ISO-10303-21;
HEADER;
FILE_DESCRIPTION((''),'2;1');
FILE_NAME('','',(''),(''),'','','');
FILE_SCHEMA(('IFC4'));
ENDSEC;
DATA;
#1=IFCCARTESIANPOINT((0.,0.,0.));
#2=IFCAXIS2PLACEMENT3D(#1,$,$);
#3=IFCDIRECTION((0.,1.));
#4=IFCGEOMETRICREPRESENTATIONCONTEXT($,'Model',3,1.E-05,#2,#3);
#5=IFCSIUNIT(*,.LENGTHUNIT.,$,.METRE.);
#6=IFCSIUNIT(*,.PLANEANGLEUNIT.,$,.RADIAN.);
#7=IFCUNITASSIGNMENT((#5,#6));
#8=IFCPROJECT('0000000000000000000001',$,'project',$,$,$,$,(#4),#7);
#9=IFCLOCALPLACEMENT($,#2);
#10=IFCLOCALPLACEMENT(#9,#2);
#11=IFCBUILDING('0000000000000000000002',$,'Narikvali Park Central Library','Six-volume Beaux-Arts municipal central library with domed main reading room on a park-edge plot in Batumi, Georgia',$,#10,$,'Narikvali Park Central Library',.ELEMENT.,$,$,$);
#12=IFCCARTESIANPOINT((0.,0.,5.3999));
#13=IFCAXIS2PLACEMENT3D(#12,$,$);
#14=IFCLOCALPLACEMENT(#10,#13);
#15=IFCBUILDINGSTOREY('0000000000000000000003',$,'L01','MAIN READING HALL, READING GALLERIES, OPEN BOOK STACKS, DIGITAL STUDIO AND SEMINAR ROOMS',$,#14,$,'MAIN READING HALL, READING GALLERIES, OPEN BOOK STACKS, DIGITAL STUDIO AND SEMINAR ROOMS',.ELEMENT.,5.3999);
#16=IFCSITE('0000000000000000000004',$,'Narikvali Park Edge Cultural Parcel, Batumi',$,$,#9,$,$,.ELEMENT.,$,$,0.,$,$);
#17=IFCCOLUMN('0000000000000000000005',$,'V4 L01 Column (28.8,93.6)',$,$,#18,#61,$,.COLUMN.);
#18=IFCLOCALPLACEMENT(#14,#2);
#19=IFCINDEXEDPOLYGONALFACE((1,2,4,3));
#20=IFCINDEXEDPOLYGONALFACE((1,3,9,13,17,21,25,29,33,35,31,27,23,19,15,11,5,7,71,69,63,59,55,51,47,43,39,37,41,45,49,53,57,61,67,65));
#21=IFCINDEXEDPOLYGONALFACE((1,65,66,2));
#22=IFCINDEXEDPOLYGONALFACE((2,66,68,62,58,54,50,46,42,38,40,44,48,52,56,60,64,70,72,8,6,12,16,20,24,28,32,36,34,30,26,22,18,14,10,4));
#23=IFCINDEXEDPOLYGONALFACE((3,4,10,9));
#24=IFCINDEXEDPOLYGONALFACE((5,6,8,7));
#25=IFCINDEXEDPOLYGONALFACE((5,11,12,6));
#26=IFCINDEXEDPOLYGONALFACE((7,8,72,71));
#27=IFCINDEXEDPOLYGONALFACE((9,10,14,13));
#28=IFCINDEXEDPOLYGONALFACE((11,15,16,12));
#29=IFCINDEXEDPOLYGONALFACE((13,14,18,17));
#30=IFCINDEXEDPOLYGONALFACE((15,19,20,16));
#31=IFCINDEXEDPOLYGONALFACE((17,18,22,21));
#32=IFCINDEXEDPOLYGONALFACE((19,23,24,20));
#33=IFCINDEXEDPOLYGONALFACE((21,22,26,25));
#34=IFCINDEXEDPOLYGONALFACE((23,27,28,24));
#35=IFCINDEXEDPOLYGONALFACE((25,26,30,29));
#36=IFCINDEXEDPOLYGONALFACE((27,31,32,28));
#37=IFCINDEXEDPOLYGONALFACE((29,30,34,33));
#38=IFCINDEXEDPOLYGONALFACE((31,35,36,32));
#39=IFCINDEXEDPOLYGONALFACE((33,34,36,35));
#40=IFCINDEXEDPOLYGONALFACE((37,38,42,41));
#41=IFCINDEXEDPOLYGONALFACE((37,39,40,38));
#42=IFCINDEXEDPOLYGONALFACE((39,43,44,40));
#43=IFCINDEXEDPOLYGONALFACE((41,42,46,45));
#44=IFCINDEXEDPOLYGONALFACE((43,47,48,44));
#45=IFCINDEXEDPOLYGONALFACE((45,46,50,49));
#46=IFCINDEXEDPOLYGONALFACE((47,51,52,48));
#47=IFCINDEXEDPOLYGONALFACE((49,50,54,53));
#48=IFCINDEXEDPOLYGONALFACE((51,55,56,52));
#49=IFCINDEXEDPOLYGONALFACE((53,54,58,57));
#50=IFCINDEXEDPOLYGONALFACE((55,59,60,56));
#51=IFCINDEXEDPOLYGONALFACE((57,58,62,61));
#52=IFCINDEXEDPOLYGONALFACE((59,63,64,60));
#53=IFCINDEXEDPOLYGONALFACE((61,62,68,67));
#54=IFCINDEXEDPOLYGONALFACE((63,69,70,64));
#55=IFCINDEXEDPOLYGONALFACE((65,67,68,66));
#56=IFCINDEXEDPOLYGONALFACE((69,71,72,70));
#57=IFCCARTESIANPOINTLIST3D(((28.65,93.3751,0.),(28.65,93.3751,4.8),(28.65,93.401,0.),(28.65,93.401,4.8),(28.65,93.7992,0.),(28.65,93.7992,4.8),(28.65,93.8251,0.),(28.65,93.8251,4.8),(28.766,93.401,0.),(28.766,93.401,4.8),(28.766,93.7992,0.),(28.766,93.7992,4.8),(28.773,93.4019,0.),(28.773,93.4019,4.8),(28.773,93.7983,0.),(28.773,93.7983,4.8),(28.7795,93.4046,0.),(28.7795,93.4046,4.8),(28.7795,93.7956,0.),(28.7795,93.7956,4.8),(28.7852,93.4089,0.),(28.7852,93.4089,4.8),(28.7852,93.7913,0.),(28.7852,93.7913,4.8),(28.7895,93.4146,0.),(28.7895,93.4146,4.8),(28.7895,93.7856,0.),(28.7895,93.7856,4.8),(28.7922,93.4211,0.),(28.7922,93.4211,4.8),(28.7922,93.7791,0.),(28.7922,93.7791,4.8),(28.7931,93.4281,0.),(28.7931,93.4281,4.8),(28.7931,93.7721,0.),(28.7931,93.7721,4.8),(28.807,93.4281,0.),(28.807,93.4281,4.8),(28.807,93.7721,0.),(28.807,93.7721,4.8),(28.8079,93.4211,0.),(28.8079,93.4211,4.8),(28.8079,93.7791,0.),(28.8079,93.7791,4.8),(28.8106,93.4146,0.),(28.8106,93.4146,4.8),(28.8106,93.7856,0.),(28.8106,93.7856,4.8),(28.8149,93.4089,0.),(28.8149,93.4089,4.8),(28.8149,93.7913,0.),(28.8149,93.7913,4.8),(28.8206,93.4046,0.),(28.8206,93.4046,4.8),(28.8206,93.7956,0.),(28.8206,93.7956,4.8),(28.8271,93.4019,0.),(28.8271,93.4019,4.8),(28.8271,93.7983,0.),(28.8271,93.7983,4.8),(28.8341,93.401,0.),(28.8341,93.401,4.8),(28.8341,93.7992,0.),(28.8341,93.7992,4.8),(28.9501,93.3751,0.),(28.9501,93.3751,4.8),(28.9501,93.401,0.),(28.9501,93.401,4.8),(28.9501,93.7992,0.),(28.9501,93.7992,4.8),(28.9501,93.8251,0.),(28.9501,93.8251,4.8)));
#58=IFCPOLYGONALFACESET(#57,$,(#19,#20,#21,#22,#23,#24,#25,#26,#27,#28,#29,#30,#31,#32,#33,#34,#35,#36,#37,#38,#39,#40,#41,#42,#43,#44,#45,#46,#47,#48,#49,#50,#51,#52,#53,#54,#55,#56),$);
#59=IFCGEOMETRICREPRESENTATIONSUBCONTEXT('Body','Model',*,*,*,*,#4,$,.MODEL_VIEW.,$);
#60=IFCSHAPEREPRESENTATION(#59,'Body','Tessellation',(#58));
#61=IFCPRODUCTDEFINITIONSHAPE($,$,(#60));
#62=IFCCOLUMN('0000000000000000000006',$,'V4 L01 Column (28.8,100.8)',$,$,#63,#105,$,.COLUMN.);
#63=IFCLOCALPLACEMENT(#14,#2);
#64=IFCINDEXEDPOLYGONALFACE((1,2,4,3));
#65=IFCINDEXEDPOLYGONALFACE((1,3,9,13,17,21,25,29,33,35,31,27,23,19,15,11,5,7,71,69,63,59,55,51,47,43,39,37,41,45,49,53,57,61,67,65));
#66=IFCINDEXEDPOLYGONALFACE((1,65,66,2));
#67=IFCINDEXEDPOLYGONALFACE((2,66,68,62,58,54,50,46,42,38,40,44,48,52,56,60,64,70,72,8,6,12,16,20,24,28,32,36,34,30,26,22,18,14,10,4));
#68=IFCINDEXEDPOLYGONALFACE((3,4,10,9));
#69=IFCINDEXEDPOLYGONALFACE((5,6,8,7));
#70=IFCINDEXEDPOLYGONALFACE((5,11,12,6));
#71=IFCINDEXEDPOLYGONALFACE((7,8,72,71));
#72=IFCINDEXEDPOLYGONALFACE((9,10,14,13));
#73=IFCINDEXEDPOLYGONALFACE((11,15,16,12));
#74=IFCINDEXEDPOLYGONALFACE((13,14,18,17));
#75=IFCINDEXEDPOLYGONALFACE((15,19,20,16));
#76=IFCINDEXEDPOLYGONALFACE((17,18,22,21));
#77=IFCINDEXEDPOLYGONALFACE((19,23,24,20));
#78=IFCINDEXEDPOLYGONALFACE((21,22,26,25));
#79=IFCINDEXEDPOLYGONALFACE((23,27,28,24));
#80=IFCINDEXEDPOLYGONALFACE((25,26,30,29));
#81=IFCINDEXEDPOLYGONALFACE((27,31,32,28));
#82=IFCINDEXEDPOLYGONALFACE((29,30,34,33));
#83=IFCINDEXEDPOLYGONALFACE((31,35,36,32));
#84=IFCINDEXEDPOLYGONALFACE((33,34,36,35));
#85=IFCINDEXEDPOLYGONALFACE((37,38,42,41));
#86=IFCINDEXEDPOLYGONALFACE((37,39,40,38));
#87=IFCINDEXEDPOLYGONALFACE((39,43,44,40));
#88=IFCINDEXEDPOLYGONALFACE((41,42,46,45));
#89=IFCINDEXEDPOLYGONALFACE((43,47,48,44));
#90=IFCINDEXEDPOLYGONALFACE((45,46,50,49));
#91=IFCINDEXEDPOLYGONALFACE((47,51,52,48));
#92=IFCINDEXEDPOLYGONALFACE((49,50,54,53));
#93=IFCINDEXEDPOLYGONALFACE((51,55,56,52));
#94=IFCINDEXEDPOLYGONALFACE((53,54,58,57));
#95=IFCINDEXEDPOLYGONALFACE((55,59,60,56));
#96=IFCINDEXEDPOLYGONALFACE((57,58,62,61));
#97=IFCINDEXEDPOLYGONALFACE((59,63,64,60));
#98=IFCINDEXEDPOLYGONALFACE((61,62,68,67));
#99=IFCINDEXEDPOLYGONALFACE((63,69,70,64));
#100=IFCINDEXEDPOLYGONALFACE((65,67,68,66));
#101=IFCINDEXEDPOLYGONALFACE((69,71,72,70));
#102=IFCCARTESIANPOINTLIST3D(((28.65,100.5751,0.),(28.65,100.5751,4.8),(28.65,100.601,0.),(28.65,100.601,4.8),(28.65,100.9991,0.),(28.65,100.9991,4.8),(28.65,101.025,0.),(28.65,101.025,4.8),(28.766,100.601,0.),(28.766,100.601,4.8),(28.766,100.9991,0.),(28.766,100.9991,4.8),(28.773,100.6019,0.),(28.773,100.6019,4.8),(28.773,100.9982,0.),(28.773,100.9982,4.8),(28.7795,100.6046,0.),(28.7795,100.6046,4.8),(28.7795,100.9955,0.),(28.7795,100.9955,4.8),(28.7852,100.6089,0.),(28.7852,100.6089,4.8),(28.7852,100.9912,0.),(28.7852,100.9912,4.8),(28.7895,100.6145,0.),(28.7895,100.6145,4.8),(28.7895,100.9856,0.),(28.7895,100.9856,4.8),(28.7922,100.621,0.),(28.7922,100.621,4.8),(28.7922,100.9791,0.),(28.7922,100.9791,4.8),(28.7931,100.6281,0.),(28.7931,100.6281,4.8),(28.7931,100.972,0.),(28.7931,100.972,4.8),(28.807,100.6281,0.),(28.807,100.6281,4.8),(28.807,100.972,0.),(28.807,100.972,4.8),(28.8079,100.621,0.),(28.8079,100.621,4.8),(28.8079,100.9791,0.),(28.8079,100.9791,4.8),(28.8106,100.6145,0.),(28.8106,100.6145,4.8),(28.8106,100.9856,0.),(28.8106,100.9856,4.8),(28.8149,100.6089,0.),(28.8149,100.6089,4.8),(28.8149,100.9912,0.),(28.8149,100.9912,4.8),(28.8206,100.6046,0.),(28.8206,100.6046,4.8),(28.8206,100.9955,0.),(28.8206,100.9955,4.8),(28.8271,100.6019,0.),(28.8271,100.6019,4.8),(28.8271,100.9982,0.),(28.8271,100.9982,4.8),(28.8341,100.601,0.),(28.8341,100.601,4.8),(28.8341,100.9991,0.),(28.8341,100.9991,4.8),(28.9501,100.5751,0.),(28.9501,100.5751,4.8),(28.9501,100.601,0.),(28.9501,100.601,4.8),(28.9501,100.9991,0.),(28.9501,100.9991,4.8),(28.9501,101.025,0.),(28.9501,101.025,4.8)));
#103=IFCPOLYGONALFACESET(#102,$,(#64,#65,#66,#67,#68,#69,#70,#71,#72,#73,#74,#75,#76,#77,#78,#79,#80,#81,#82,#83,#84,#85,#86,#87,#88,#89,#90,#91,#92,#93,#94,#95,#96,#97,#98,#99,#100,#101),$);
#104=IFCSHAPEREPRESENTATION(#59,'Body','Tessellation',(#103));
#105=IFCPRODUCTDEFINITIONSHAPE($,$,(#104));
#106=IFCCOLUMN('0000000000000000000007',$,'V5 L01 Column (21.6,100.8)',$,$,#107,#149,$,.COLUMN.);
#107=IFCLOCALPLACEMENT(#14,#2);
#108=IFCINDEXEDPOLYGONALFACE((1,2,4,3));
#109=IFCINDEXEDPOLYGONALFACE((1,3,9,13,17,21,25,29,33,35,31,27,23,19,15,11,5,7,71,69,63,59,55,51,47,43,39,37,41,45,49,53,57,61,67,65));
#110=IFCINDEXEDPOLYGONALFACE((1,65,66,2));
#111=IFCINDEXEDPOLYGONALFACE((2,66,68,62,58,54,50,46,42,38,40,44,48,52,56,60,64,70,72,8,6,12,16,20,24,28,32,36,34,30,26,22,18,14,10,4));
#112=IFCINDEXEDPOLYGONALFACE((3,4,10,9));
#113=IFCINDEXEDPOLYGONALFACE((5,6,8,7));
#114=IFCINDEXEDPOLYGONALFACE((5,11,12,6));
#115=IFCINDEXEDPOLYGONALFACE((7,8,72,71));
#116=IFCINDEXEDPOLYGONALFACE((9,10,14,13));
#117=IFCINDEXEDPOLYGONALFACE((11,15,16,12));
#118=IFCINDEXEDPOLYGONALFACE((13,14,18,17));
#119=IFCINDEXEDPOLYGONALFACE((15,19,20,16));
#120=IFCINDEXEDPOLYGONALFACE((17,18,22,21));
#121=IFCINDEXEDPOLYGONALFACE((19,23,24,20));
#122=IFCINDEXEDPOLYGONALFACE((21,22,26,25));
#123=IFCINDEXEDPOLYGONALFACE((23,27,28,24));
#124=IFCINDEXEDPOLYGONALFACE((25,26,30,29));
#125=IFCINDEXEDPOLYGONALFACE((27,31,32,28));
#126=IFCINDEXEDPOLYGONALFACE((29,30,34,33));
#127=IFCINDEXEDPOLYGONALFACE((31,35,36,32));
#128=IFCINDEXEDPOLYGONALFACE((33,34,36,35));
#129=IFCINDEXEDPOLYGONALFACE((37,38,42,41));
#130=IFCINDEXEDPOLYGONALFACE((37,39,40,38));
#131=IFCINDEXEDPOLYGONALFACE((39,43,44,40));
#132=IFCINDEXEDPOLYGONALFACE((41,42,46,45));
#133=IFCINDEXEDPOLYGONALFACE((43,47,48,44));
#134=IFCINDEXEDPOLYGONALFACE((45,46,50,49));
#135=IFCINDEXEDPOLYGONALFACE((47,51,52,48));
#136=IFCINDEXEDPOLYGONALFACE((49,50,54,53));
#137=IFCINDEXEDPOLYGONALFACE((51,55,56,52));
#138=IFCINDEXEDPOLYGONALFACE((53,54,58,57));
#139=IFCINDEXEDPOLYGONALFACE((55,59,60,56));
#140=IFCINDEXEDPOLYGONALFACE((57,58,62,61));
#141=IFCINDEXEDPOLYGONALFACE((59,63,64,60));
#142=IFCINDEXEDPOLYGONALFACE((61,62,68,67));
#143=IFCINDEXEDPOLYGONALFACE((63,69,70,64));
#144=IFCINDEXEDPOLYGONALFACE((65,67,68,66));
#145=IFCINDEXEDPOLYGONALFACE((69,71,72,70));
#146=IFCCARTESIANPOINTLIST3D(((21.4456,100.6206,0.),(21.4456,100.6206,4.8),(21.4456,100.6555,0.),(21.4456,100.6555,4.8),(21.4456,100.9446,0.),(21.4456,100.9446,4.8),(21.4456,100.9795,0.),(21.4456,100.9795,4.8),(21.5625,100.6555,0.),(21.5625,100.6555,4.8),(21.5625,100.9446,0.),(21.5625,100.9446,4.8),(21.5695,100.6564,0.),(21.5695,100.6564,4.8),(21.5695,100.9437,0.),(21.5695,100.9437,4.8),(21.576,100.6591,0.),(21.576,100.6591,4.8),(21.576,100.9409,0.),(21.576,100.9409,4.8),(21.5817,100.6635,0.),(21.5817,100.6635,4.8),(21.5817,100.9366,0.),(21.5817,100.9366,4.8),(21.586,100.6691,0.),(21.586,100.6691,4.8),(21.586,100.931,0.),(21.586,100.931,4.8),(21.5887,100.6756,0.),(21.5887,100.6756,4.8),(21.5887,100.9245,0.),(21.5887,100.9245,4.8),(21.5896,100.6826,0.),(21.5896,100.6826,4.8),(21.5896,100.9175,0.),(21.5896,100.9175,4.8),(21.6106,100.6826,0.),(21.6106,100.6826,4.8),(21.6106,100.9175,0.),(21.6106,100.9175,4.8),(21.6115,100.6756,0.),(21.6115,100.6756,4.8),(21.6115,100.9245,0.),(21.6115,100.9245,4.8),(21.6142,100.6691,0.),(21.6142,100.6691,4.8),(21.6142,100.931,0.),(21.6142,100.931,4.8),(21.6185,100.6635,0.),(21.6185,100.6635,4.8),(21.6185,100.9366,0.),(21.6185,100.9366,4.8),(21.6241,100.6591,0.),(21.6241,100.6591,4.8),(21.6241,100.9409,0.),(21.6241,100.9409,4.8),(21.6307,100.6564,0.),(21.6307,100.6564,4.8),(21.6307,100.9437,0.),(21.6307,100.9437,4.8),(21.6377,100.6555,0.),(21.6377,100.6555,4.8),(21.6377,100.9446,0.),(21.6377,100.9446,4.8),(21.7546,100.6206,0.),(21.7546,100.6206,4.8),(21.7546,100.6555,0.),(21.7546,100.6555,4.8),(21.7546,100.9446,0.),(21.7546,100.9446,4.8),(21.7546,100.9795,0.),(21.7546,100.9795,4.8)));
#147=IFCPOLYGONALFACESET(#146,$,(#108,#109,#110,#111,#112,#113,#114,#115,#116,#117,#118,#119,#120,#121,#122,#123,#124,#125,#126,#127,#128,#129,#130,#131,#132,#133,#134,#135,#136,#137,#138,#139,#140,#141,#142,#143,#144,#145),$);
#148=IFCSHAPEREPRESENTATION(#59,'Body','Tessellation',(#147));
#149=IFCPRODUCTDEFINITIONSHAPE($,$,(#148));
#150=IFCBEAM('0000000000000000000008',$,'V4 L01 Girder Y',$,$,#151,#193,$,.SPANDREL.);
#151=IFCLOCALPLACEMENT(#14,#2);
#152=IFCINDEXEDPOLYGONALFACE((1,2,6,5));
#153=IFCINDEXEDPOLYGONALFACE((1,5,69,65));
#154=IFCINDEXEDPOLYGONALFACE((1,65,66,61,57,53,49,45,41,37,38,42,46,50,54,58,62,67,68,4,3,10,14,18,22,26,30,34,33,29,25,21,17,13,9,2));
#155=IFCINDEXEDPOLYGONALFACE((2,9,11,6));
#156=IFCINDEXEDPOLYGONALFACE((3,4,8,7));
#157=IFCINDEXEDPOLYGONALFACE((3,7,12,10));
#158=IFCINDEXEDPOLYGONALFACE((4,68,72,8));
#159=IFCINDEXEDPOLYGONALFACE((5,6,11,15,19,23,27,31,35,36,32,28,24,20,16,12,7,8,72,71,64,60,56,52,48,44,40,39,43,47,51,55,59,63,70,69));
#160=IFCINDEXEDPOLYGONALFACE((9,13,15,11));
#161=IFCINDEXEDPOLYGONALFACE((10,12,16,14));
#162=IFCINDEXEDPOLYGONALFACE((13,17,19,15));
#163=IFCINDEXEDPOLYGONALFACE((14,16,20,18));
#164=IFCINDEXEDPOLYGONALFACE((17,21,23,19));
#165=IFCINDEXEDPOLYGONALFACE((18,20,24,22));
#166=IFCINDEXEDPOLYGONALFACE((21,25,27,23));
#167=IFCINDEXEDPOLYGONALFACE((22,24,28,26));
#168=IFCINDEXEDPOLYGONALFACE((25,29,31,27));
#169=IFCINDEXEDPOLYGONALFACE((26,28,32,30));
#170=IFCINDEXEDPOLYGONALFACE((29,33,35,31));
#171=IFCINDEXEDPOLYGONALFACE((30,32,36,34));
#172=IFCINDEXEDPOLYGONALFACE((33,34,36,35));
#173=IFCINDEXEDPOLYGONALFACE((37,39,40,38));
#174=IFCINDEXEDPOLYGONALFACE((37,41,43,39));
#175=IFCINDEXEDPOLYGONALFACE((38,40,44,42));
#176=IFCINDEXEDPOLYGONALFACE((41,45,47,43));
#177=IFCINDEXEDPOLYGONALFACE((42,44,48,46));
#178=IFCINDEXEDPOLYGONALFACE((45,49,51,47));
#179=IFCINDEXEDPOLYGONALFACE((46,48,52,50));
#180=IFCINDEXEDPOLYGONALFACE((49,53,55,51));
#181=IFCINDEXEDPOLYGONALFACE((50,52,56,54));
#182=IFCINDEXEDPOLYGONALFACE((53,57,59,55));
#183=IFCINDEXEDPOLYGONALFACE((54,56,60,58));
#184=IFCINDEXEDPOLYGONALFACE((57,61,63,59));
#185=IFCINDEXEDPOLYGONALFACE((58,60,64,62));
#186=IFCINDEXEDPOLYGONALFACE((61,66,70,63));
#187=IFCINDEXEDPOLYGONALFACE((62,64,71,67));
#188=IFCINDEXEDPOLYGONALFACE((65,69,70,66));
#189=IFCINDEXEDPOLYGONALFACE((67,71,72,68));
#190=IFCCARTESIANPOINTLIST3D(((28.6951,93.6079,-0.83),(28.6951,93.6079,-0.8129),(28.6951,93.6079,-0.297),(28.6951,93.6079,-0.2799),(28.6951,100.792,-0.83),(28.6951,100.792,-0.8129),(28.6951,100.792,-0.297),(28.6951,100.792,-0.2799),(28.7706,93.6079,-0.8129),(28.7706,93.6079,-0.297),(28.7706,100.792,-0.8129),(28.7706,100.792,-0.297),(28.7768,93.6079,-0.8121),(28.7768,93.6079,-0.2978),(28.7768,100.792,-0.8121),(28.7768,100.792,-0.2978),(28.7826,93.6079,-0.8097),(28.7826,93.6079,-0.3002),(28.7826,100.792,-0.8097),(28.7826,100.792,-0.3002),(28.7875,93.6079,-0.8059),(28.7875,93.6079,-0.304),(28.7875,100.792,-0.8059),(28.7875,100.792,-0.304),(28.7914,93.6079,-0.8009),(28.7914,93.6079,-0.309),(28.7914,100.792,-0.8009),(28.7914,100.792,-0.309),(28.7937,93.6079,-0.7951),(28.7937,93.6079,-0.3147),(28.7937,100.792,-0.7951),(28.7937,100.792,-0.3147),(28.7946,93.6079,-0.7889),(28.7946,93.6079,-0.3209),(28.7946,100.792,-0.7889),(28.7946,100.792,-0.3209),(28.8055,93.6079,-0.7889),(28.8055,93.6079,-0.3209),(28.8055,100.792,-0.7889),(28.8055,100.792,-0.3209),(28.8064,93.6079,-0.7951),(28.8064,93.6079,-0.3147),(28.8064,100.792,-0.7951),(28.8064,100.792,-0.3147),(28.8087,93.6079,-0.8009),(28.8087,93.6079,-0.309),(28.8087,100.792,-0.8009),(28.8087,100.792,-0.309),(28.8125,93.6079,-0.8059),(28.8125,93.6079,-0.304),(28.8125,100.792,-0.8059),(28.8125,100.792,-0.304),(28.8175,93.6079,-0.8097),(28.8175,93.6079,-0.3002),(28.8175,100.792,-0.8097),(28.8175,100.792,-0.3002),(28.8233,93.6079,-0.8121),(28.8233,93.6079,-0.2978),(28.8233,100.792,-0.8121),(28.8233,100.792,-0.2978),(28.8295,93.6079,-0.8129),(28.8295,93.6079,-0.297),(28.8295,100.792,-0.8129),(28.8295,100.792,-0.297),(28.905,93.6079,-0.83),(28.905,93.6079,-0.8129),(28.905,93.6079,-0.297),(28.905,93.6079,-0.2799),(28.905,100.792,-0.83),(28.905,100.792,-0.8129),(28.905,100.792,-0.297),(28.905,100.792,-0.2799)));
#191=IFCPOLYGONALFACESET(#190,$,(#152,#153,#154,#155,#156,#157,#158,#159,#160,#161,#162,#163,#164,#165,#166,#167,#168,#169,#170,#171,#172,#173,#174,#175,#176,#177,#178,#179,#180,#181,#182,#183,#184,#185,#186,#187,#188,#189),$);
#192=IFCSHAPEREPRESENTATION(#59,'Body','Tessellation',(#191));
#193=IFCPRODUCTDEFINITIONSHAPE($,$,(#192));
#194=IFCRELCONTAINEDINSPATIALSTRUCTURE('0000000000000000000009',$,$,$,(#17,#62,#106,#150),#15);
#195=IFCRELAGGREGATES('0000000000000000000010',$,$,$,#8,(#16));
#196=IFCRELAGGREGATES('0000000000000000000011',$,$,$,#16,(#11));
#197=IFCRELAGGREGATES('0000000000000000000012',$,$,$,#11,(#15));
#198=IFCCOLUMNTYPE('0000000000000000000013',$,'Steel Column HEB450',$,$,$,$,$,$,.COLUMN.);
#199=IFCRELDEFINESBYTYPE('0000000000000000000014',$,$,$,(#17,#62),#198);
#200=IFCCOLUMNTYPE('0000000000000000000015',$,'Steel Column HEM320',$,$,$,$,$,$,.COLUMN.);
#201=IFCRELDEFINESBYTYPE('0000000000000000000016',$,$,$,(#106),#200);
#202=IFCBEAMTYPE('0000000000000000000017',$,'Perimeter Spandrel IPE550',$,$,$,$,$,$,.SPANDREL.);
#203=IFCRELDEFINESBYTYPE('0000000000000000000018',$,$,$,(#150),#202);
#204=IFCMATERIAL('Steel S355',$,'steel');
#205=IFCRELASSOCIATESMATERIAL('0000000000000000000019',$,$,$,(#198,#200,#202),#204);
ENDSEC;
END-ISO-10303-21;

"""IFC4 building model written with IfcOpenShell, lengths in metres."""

from ifc_helpers import new_model, si_unit, direction, frame, origin, origin_2d, place, context, subcontext, project, spatial, i_section, extrude, material, material_profile, profile_set, type_object, element, save


model = new_model("IFC4")

# Units and contexts
model_context = context("Model", 3, precision=1e-05, world=origin(), true_north=direction((0.0, 1.0)))
body_context = subcontext(model_context, "Body", "Model", "MODEL_VIEW")
ifc_project = project(units=[si_unit("LENGTHUNIT", "METRE"), si_unit("PLANEANGLEUNIT", "RADIAN")], contexts=[model_context])

# Site, building, storey
site_placement = place(None, origin())
site = spatial("IfcSite", under=ifc_project, at=site_placement, Name="Narikvali Park Edge Cultural Parcel, Batumi", CompositionType="ELEMENT", RefElevation=0.0)
building_placement = place(site_placement, origin())
building = spatial("IfcBuilding", under=site, at=building_placement, Name="Narikvali Park Central Library", Description="Six-volume Beaux-Arts municipal central library with domed main reading room on a park-edge plot in Batumi, Georgia", LongName="Narikvali Park Central Library", CompositionType="ELEMENT")
storey_placement = place(building_placement, frame((0.0, 0.0, 5.3999)))
storey = spatial("IfcBuildingStorey", under=building, at=storey_placement, Name="L01", Description="MAIN READING HALL, READING GALLERIES, OPEN BOOK STACKS, DIGITAL STUDIO AND SEMINAR ROOMS", LongName="MAIN READING HALL, READING GALLERIES, OPEN BOOK STACKS, DIGITAL STUDIO AND SEMINAR ROOMS", CompositionType="ELEMENT", Elevation=5.3999)

# Columns
ifc_material_1 = material(Name="Steel S355", Category="steel")
ifc_material_profile_1 = material_profile(ifc_material_1, i_section(OverallWidth=0.3, OverallDepth=0.45, WebThickness=0.0139, FlangeThickness=0.0259, FilletRadius=0.0271, at=origin_2d()), Name="HEB 450")
ifc_profile_set_1 = profile_set([ifc_material_profile_1], Name="Steel S355")
column_type_1 = type_object("IfcColumnType", Name="Steel Column HEB450", PredefinedType="COLUMN", material=ifc_profile_set_1)
for number, where, z_axis, x_axis, name in (
    (1, (28.8, 93.6001, 0.0), (0.0, 0.0, 1.0), (1.0, 0.0, 0.0), "V4 L01 Column (28.8,93.6)"),
    (2, (28.8, 100.8, 0.0), (0.0, 0.0, 1.0), (1.0, 0.0, 0.0), "V4 L01 Column (28.8,100.8)"),
):
    element("IfcColumn", number, at=place(storey_placement, frame(where, z_axis=z_axis, x_axis=x_axis)), inside=storey, type_object=column_type_1, Name=name, PredefinedType="COLUMN", context=body_context, shape_type="SweptSolid", body=[
        extrude(i_section(OverallWidth=0.3, OverallDepth=0.45, WebThickness=0.0139, FlangeThickness=0.0259, FilletRadius=0.0271, at=origin_2d()), origin(), (0.0, 0.0, 1.0), 4.8),
    ])
ifc_material_profile_2 = material_profile(ifc_material_1, i_section(OverallWidth=0.3091, OverallDepth=0.3589, WebThickness=0.021, FlangeThickness=0.0349, FilletRadius=0.0271, at=origin_2d()), Name="HEM 320")
ifc_profile_set_2 = profile_set([ifc_material_profile_2], Name="Steel S355")
column_type_2 = type_object("IfcColumnType", Name="Steel Column HEM320", PredefinedType="COLUMN", material=ifc_profile_set_2)
column_placement = place(storey_placement, frame((21.6001, 100.8, 0.0), z_axis=(0.0, 0.0, 1.0), x_axis=(1.0, 0.0, 0.0)))
element("IfcColumn", 3, at=column_placement, inside=storey, type_object=column_type_2, Name="V5 L01 Column (21.6,100.8)", PredefinedType="COLUMN", context=body_context, shape_type="SweptSolid", body=[
    extrude(i_section(OverallWidth=0.3091, OverallDepth=0.3589, WebThickness=0.021, FlangeThickness=0.0349, FilletRadius=0.0271, at=origin_2d()), origin(), (0.0, 0.0, 1.0), 4.8),
])

# Beam
ifc_material_profile_3 = material_profile(ifc_material_1, i_section(OverallWidth=0.21, OverallDepth=0.55, WebThickness=0.011, FlangeThickness=0.0171, FilletRadius=0.0239, at=origin_2d()), Name="IPE 550")
ifc_profile_set_3 = profile_set([ifc_material_profile_3], Name="Steel S355")
beam_type_1 = type_object("IfcBeamType", Name="Perimeter Spandrel IPE550", PredefinedType="SPANDREL", material=ifc_profile_set_3)
beam_1_placement = place(storey_placement, frame((28.8, 93.6079, -0.5549), z_axis=(0.0, 1.0, 0.0), x_axis=(-1.0, 0.0, 0.0)))
element("IfcBeam", 4, at=beam_1_placement, inside=storey, type_object=beam_type_1, Name="V4 L01 Girder Y", PredefinedType="SPANDREL", context=body_context, shape_type="SweptSolid", body=[
    extrude(i_section(OverallWidth=0.21, OverallDepth=0.55, WebThickness=0.011, FlangeThickness=0.0171, FilletRadius=0.0239, at=origin_2d()), origin(), (0.0, 0.0, 1.0), 7.1841),
])

save(model, "model.ifc")
